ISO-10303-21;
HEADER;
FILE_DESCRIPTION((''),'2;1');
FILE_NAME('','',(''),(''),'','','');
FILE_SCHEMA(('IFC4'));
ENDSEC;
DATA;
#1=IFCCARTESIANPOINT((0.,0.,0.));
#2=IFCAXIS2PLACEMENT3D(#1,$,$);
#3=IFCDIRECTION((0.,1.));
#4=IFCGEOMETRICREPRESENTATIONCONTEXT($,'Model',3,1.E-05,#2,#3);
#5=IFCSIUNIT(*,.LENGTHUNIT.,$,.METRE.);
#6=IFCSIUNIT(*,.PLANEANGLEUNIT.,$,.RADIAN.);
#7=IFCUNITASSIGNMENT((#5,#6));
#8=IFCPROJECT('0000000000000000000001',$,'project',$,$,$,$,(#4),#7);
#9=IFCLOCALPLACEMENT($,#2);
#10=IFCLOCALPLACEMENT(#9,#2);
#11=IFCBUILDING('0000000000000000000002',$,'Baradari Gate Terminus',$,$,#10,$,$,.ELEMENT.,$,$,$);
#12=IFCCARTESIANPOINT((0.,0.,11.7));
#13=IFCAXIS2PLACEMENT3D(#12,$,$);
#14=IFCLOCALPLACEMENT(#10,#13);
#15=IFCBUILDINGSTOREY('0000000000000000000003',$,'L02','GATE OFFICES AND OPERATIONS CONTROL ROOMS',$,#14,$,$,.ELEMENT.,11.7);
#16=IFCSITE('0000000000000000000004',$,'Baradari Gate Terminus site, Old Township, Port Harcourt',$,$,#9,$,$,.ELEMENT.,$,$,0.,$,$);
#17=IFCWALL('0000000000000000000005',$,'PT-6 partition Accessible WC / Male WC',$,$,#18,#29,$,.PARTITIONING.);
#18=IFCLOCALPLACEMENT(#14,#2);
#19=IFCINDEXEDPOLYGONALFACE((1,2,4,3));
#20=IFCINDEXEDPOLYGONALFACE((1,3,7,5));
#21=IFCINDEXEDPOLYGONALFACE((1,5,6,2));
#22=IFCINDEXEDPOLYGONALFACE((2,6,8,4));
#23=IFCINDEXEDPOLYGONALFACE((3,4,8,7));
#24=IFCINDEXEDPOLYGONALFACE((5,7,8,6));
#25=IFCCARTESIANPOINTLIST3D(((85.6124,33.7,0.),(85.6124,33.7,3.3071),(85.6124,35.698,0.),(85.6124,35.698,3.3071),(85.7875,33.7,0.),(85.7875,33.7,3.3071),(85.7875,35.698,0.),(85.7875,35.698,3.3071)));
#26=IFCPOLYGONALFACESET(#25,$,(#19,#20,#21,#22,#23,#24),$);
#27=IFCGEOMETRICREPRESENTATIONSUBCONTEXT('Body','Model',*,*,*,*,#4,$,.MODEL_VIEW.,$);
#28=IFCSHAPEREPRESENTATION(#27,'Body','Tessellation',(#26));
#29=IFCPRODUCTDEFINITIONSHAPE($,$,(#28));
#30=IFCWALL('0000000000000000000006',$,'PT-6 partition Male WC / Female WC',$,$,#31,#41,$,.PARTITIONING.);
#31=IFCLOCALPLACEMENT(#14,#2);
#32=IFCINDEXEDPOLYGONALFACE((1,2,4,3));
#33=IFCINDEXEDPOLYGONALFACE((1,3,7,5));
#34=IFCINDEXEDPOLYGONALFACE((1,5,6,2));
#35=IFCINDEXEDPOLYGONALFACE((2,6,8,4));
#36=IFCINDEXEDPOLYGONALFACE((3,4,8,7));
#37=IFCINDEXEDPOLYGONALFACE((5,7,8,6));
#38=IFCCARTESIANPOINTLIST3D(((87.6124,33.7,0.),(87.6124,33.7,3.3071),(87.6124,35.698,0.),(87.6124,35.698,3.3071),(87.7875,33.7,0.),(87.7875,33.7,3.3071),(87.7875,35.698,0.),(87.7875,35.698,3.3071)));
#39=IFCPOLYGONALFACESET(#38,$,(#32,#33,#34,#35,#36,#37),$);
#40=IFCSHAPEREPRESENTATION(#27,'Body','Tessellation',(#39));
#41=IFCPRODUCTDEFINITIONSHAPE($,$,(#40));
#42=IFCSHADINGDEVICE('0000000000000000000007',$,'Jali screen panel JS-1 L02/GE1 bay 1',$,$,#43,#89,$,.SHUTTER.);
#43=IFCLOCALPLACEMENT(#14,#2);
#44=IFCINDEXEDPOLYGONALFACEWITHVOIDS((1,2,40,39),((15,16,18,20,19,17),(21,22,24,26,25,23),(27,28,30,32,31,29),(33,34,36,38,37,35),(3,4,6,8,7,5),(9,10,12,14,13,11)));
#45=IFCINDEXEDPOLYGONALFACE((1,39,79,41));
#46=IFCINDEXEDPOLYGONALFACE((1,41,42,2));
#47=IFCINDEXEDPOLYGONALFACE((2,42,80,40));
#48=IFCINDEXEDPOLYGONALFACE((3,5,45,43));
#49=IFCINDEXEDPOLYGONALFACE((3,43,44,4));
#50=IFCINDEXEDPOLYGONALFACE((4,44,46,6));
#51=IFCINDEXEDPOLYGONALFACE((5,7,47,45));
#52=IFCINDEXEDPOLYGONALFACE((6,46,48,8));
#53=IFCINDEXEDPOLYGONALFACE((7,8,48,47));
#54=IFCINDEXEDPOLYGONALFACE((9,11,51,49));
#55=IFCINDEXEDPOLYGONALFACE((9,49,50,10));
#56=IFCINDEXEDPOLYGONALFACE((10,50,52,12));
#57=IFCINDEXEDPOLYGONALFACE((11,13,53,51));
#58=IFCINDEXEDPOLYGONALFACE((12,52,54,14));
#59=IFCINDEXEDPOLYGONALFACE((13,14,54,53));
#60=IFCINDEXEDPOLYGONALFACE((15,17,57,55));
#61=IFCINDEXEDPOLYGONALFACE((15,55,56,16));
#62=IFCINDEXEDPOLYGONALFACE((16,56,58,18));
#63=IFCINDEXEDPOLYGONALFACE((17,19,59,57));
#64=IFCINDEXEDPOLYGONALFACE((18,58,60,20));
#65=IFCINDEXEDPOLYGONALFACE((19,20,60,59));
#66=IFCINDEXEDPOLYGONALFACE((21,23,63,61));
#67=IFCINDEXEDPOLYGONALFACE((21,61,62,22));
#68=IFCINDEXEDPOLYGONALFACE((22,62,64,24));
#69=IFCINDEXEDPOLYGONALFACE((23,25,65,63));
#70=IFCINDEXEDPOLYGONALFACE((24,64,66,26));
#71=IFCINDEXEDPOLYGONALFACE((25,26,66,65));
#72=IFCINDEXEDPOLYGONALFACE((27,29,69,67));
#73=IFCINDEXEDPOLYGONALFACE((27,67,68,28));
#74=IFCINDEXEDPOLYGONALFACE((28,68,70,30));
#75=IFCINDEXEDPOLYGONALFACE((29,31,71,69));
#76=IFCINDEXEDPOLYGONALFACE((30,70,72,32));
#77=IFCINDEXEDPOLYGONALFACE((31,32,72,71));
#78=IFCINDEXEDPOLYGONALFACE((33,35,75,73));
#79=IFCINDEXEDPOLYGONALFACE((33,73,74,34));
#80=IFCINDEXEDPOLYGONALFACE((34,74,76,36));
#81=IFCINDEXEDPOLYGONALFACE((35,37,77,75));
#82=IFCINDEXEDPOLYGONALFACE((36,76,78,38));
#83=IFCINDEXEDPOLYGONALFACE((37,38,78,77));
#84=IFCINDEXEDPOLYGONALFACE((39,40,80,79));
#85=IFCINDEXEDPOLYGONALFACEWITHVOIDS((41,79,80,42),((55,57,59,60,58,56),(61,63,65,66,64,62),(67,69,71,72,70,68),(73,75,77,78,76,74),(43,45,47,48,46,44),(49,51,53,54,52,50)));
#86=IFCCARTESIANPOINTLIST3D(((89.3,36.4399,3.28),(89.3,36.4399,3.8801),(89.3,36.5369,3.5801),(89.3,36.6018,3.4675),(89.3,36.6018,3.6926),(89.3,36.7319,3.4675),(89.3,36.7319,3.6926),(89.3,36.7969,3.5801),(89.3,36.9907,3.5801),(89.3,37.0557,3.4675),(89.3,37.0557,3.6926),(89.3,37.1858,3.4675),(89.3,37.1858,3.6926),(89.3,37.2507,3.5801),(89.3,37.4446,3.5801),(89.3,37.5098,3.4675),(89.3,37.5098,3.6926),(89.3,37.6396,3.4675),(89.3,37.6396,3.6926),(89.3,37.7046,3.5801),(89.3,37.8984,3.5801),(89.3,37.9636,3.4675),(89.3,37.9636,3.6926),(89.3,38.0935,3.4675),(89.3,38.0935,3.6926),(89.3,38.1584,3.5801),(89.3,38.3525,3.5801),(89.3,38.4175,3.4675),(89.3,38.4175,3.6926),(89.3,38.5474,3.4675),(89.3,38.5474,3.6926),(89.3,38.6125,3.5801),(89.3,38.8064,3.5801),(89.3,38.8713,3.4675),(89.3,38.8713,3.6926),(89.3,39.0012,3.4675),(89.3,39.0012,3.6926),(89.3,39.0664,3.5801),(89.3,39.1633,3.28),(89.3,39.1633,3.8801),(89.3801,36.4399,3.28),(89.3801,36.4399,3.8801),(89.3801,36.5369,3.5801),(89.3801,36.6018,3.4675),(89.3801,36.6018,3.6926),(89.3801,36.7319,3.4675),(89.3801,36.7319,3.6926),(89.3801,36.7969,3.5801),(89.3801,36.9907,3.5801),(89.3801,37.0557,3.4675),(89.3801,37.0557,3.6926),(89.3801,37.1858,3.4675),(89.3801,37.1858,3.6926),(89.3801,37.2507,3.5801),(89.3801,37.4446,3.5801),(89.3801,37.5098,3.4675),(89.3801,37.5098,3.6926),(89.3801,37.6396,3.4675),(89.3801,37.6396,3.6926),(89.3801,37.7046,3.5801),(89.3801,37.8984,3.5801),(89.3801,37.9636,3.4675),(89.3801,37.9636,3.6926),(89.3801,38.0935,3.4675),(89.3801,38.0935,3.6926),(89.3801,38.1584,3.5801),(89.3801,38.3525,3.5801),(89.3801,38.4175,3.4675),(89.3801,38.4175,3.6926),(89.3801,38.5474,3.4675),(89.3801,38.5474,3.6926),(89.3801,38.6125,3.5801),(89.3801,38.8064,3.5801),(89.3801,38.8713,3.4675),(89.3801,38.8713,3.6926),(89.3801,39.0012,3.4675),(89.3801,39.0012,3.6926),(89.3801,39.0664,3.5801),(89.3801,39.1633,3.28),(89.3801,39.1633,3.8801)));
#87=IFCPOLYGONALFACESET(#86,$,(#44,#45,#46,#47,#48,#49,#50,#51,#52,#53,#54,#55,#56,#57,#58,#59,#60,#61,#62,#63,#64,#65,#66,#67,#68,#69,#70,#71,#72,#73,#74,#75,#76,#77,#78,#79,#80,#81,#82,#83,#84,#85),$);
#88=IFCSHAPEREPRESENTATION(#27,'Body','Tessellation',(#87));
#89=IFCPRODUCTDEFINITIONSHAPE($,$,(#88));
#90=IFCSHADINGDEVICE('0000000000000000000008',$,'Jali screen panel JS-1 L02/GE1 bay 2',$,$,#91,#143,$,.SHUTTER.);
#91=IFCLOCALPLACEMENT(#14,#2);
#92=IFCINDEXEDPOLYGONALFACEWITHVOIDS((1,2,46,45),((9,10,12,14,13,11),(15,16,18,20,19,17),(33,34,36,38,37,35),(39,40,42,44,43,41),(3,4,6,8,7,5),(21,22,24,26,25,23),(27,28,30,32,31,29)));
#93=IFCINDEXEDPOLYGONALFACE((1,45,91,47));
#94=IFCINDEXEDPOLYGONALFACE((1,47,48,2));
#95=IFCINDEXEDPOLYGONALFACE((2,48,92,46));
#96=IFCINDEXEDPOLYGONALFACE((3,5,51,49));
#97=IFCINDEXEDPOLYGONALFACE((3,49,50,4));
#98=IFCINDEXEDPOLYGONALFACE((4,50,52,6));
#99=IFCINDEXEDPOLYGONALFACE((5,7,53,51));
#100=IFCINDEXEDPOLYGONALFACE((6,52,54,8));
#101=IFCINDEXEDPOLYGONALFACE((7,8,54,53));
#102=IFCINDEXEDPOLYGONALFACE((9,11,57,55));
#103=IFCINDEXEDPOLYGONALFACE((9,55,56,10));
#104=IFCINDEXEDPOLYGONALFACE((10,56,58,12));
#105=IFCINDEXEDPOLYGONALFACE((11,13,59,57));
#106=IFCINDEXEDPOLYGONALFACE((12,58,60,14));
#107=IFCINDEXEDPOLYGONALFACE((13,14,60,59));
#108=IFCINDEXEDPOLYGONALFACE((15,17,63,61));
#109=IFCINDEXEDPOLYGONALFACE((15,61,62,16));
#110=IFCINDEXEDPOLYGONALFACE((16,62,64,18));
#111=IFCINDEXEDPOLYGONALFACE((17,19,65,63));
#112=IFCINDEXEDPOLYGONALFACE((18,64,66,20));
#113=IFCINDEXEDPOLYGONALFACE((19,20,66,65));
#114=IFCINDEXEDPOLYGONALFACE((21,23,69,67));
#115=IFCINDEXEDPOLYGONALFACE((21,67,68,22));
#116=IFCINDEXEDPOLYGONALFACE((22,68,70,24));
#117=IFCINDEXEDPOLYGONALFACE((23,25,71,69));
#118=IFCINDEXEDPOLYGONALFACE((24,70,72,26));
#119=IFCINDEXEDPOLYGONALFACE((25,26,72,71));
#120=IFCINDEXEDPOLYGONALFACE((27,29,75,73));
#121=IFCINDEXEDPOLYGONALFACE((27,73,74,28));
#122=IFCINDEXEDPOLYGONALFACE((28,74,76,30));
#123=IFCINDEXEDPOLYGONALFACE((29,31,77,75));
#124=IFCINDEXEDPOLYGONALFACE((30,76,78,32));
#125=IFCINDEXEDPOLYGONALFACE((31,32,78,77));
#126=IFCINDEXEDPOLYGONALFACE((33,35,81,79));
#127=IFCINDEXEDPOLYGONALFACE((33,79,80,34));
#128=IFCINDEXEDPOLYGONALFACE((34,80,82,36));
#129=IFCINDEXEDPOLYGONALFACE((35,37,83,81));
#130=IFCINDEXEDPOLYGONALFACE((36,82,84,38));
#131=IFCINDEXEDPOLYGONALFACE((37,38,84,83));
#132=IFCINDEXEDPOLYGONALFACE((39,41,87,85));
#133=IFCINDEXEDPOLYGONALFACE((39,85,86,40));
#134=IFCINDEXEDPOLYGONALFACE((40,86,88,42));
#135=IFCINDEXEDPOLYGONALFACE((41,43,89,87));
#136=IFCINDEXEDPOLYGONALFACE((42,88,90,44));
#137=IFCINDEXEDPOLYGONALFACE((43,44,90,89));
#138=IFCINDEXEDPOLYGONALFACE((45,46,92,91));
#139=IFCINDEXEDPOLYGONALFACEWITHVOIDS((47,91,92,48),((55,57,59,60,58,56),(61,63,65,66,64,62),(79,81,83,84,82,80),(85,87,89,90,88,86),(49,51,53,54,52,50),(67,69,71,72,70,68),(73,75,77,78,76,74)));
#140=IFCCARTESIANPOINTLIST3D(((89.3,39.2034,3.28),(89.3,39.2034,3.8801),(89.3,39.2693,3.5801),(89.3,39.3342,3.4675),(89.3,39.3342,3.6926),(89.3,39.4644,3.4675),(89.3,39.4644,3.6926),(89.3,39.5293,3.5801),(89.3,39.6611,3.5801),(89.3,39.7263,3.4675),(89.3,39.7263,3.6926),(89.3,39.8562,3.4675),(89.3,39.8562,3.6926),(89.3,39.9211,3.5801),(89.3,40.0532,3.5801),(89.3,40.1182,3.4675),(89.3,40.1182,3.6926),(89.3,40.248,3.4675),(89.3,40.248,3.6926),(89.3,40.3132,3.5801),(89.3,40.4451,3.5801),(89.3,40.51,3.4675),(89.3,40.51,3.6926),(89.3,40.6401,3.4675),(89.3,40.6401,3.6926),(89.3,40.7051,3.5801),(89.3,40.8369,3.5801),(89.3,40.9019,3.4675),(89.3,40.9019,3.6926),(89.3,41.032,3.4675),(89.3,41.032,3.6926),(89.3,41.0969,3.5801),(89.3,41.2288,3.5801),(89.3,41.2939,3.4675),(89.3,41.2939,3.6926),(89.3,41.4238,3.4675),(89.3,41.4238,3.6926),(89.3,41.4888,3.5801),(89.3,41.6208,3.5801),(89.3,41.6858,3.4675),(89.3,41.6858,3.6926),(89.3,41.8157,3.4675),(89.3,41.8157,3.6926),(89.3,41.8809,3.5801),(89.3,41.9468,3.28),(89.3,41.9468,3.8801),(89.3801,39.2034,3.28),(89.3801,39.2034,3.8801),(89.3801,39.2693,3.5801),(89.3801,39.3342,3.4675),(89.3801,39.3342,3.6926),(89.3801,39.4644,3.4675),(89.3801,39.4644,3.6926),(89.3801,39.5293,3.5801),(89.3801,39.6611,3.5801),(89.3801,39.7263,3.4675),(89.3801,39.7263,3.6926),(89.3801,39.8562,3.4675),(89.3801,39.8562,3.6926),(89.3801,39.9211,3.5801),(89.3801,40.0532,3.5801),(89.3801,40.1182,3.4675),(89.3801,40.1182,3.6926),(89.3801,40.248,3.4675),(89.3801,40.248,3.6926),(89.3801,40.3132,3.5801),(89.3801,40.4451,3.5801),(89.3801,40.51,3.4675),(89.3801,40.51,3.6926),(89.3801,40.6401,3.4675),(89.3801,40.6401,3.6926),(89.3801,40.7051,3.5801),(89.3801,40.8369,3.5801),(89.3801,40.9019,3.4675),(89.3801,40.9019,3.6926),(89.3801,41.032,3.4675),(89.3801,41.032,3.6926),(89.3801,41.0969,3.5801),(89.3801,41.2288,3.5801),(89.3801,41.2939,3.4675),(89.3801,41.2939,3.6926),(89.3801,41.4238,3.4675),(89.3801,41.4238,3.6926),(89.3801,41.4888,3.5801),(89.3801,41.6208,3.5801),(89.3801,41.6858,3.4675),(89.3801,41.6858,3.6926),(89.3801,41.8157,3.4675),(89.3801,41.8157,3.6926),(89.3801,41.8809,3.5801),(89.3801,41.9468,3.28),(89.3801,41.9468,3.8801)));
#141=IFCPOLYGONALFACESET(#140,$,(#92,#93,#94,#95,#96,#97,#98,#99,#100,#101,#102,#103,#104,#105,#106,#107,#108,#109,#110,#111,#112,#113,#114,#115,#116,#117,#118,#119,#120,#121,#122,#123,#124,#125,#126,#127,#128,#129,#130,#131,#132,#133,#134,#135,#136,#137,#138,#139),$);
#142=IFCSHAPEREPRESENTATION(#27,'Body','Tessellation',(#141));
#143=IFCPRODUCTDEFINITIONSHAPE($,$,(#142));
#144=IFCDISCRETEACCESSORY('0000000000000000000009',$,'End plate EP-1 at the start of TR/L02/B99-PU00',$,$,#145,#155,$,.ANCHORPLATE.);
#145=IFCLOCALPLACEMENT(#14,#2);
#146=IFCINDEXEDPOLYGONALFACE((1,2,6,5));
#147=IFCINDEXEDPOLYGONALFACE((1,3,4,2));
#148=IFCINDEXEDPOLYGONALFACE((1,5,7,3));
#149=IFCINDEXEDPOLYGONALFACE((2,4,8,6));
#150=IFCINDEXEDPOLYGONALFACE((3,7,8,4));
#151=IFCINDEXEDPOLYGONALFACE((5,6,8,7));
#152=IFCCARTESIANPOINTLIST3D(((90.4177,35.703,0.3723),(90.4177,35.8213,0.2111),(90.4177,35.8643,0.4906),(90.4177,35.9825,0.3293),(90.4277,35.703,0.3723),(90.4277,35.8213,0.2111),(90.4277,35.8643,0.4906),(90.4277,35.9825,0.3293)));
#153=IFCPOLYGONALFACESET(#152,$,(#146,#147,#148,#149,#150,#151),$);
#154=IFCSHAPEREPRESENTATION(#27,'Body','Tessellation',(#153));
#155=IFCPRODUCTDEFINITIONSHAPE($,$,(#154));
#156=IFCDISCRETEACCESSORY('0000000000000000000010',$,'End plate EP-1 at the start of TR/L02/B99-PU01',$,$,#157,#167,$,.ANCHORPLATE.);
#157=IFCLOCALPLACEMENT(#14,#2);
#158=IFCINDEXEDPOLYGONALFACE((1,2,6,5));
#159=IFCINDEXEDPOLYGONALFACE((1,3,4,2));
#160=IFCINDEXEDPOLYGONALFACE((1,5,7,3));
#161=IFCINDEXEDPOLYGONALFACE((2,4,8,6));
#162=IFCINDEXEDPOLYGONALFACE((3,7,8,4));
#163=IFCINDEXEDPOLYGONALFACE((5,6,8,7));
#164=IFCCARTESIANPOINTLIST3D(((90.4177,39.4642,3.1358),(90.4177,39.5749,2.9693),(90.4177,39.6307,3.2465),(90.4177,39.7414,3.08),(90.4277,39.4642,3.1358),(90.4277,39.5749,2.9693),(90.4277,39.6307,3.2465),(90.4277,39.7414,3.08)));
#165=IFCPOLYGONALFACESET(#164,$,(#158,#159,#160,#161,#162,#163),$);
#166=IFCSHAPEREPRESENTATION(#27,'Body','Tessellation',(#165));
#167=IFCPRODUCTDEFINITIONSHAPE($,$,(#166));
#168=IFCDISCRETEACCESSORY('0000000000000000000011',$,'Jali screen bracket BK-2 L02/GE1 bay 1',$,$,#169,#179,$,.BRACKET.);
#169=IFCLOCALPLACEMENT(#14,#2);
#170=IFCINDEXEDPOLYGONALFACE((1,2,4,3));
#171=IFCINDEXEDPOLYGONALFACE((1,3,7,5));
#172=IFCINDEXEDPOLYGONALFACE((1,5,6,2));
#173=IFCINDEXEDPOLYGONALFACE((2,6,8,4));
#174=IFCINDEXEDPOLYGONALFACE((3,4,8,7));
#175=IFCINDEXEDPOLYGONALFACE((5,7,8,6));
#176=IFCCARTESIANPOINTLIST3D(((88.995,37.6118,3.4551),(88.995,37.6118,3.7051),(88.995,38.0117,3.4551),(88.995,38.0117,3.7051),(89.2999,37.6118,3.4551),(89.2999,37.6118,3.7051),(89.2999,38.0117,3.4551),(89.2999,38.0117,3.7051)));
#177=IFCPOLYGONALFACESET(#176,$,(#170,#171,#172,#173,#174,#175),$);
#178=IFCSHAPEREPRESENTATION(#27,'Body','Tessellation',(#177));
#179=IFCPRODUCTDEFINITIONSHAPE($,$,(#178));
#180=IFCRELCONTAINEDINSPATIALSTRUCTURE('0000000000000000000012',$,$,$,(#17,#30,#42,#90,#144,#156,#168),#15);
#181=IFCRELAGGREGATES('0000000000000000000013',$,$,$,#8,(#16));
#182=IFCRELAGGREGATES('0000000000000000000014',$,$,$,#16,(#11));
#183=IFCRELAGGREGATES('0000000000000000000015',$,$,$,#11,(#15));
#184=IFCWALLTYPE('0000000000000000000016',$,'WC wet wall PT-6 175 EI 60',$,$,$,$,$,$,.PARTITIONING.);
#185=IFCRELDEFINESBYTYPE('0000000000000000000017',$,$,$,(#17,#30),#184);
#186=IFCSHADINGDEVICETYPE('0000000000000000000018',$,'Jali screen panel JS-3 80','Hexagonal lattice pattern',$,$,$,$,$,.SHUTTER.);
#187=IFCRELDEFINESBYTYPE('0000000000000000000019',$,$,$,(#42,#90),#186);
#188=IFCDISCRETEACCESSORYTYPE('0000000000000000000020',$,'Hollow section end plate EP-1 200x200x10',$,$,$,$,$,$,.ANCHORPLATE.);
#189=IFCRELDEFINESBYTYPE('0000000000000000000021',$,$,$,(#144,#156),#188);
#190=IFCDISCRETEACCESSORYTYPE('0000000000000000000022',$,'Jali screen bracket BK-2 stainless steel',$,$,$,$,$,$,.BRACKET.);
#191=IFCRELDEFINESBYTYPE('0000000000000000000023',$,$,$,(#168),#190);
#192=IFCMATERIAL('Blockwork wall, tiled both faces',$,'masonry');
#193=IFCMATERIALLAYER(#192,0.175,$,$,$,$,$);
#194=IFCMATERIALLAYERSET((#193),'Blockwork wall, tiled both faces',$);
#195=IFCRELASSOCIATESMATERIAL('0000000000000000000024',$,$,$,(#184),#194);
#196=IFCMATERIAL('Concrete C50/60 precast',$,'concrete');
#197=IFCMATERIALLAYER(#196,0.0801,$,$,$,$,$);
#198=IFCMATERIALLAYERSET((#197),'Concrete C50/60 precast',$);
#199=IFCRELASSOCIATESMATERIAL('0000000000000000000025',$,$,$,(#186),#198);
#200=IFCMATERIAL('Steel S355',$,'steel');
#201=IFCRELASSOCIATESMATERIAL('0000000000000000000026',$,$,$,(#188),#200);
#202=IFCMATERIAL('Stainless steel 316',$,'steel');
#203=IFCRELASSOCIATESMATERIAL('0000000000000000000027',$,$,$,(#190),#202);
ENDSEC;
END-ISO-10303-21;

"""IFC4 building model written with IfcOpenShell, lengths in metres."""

from ifc_helpers import new_model, si_unit, direction, frame, frame_2d, origin, origin_2d, place, context, subcontext, project, spatial, polyline, rectangle, outline, extrude, material, layer, layer_set, type_object, element, save


model = new_model("IFC4")

# Units and contexts
model_context = context("Model", 3, precision=1e-05, world=origin(), true_north=direction((0.0, 1.0)))
body_context = subcontext(model_context, "Body", "Model", "MODEL_VIEW")
ifc_project = project(units=[si_unit("LENGTHUNIT", "METRE"), si_unit("PLANEANGLEUNIT", "RADIAN")], contexts=[model_context])

# Site, building, storey
site_placement = place(None, origin())
site = spatial("IfcSite", under=ifc_project, at=site_placement, Name="Baradari Gate Terminus site, Old Township, Port Harcourt", CompositionType="ELEMENT", RefElevation=0.0)
building_placement = place(site_placement, origin())
building = spatial("IfcBuilding", under=site, at=building_placement, Name="Baradari Gate Terminus", CompositionType="ELEMENT")
storey_placement = place(building_placement, frame((0.0, 0.0, 11.7)))
storey = spatial("IfcBuildingStorey", under=building, at=storey_placement, Name="L02", Description="GATE OFFICES AND OPERATIONS CONTROL ROOMS", CompositionType="ELEMENT", Elevation=11.7)

# Walls
ifc_material_1 = material(Name="Blockwork wall, tiled both faces", Category="masonry")
ifc_layer_1 = layer(ifc_material_1, 0.175)
ifc_layer_set_1 = layer_set([ifc_layer_1], Name="Blockwork wall, tiled both faces")
wall_type = type_object("IfcWallType", Name="WC wet wall PT-6 175 EI 60", PredefinedType="PARTITIONING", material=ifc_layer_set_1)
for number, where, z_axis, x_axis, name in (
    (1, (85.7, 35.698, 0.0), (0.0, 0.0, 1.0), (0.0, -1.0, 0.0), "PT-6 partition Accessible WC / Male WC"),
    (2, (87.7, 35.698, 0.0), (0.0, 0.0, 1.0), (0.0, -1.0, 0.0), "PT-6 partition Male WC / Female WC"),
):
    element("IfcWall", number, at=place(storey_placement, frame(where, z_axis=z_axis, x_axis=x_axis)), inside=storey, type_object=wall_type, Name=name, PredefinedType="PARTITIONING", context=body_context, shape_type="SweptSolid", body=[
        extrude(rectangle(XDim=1.998, YDim=0.175, at=frame_2d((0.999, 0.0))), origin(), (0.0, 0.0, 1.0), 3.3071),
    ])

# Shading devices
ifc_material_2 = material(Name="Concrete C50/60 precast", Category="concrete")
ifc_layer_2 = layer(ifc_material_2, 0.0801)
ifc_layer_set_2 = layer_set([ifc_layer_2], Name="Concrete C50/60 precast")
shading_device_type = type_object("IfcShadingDeviceType", Name="Jali screen panel JS-3 80", Description="Hexagonal lattice pattern", PredefinedType="SHUTTER", material=ifc_layer_set_2)
shading_device_1_placement = place(storey_placement, frame((89.3401, 36.4399, 3.28), z_axis=(0.0, 0.0, 1.0), x_axis=(0.0, 1.0, 0.0)))
element("IfcShadingDevice", 3, at=shading_device_1_placement, inside=storey, type_object=shading_device_type, Name="Jali screen panel JS-1 L02/GE1 bay 1", PredefinedType="SHUTTER", context=body_context, shape_type="SweptSolid", body=[
    extrude(outline(polyline([(0.0, 0.0), (2.7234, 0.0), (2.7234, 0.6001), (0.0, 0.6001), (0.0, 0.0)]), holes=[polyline([(0.3569, 0.3), (0.292, 0.1875), (0.1619, 0.1875), (0.0969, 0.3), (0.1619, 0.4126), (0.292, 0.4126), (0.3569, 0.3)]), polyline([(0.8108, 0.3), (0.7458, 0.1875), (0.6157, 0.1875), (0.5508, 0.3), (0.6157, 0.4126), (0.7458, 0.4126), (0.8108, 0.3)]), polyline([(1.2646, 0.3), (1.1997, 0.1875), (1.0698, 0.1875), (1.0046, 0.3), (1.0698, 0.4126), (1.1997, 0.4126), (1.2646, 0.3)]), polyline([(1.7185, 0.3), (1.6536, 0.1875), (1.5237, 0.1875), (1.4585, 0.3), (1.5237, 0.4126), (1.6536, 0.4126), (1.7185, 0.3)]), polyline([(2.1726, 0.3), (2.1074, 0.1875), (1.9775, 0.1875), (1.9126, 0.3), (1.9775, 0.4126), (2.1074, 0.4126), (2.1726, 0.3)]), polyline([(2.6265, 0.3), (2.5613, 0.1875), (2.4314, 0.1875), (2.3665, 0.3), (2.4314, 0.4126), (2.5613, 0.4126), (2.6265, 0.3)])]), frame((0.0, 0.04, 0.0), z_axis=(0.0, -1.0, 0.0), x_axis=(1.0, 0.0, 0.0)), (0.0, 0.0, 1.0), 0.0801),
])
shading_device_2_placement = place(storey_placement, frame((89.3401, 39.2034, 3.28), z_axis=(0.0, 0.0, 1.0), x_axis=(0.0, 1.0, 0.0)))
element("IfcShadingDevice", 4, at=shading_device_2_placement, inside=storey, type_object=shading_device_type, Name="Jali screen panel JS-1 L02/GE1 bay 2", PredefinedType="SHUTTER", context=body_context, shape_type="SweptSolid", body=[
    extrude(outline(polyline([(0.0, 0.0), (2.7434, 0.0), (2.7434, 0.6001), (0.0, 0.6001), (0.0, 0.0)]), holes=[polyline([(0.3259, 0.3), (0.261, 0.1875), (0.1309, 0.1875), (0.0659, 0.3), (0.1309, 0.4126), (0.261, 0.4126), (0.3259, 0.3)]), polyline([(0.7178, 0.3), (0.6528, 0.1875), (0.5229, 0.1875), (0.4578, 0.3), (0.5229, 0.4126), (0.6528, 0.4126), (0.7178, 0.3)]), polyline([(1.1099, 0.3), (1.0447, 0.1875), (0.9148, 0.1875), (0.8499, 0.3), (0.9148, 0.4126), (1.0447, 0.4126), (1.1099, 0.3)]), polyline([(1.5017, 0.3), (1.4368, 0.1875), (1.3066, 0.1875), (1.2417, 0.3), (1.3066, 0.4126), (1.4368, 0.4126), (1.5017, 0.3)]), polyline([(1.8936, 0.3), (1.8286, 0.1875), (1.6985, 0.1875), (1.6335, 0.3), (1.6985, 0.4126), (1.8286, 0.4126), (1.8936, 0.3)]), polyline([(2.2854, 0.3), (2.2205, 0.1875), (2.0906, 0.1875), (2.0254, 0.3), (2.0906, 0.4126), (2.2205, 0.4126), (2.2854, 0.3)]), polyline([(2.6775, 0.3), (2.6123, 0.1875), (2.4824, 0.1875), (2.4175, 0.3), (2.4824, 0.4126), (2.6123, 0.4126), (2.6775, 0.3)])]), frame((0.0, 0.04, 0.0), z_axis=(0.0, -1.0, 0.0), x_axis=(1.0, 0.0, 0.0)), (0.0, 0.0, 1.0), 0.0801),
])

# Discrete accessories
ifc_material_3 = material(Name="Steel S355", Category="steel")
discrete_accessory_type_1 = type_object("IfcDiscreteAccessoryType", Name="Hollow section end plate EP-1 200x200x10", PredefinedType="ANCHORPLATE", material=ifc_material_3)
for number, where, z_axis, x_axis, name in (
    (5, (90.4177, 35.8428, 0.3508), (1.0, 0.0, 0.0), (0.0, 0.806405, 0.591364), "End plate EP-1 at the start of TR/L02/B99-PU00"),
    (6, (90.4177, 39.6028, 3.1079), (1.0, 0.0, 0.0), (0.0, 0.832836, 0.553519), "End plate EP-1 at the start of TR/L02/B99-PU01"),
):
    element("IfcDiscreteAccessory", number, at=place(storey_placement, frame(where, z_axis=z_axis, x_axis=x_axis)), inside=storey, type_object=discrete_accessory_type_1, Name=name, PredefinedType="ANCHORPLATE", context=body_context, shape_type="SweptSolid", body=[
        extrude(rectangle(XDim=0.2, YDim=0.2, at=origin_2d()), origin(), (0.0, 0.0, 1.0), 0.01),
    ])
ifc_material_4 = material(Name="Stainless steel 316", Category="steel")
discrete_accessory_type_2 = type_object("IfcDiscreteAccessoryType", Name="Jali screen bracket BK-2 stainless steel", PredefinedType="BRACKET", material=ifc_material_4)
discrete_accessory_placement = place(storey_placement, frame((89.1475, 37.8118, 3.4551), z_axis=(0.0, 0.0, 1.0), x_axis=(1.0, 0.0, 0.0)))
element("IfcDiscreteAccessory", 7, at=discrete_accessory_placement, inside=storey, type_object=discrete_accessory_type_2, Name="Jali screen bracket BK-2 L02/GE1 bay 1", PredefinedType="BRACKET", context=body_context, shape_type="SweptSolid", body=[
    extrude(rectangle(XDim=0.3049, YDim=0.3999, at=origin_2d()), origin(), (0.0, 0.0, 1.0), 0.25),
])

save(model, "model.ifc")
